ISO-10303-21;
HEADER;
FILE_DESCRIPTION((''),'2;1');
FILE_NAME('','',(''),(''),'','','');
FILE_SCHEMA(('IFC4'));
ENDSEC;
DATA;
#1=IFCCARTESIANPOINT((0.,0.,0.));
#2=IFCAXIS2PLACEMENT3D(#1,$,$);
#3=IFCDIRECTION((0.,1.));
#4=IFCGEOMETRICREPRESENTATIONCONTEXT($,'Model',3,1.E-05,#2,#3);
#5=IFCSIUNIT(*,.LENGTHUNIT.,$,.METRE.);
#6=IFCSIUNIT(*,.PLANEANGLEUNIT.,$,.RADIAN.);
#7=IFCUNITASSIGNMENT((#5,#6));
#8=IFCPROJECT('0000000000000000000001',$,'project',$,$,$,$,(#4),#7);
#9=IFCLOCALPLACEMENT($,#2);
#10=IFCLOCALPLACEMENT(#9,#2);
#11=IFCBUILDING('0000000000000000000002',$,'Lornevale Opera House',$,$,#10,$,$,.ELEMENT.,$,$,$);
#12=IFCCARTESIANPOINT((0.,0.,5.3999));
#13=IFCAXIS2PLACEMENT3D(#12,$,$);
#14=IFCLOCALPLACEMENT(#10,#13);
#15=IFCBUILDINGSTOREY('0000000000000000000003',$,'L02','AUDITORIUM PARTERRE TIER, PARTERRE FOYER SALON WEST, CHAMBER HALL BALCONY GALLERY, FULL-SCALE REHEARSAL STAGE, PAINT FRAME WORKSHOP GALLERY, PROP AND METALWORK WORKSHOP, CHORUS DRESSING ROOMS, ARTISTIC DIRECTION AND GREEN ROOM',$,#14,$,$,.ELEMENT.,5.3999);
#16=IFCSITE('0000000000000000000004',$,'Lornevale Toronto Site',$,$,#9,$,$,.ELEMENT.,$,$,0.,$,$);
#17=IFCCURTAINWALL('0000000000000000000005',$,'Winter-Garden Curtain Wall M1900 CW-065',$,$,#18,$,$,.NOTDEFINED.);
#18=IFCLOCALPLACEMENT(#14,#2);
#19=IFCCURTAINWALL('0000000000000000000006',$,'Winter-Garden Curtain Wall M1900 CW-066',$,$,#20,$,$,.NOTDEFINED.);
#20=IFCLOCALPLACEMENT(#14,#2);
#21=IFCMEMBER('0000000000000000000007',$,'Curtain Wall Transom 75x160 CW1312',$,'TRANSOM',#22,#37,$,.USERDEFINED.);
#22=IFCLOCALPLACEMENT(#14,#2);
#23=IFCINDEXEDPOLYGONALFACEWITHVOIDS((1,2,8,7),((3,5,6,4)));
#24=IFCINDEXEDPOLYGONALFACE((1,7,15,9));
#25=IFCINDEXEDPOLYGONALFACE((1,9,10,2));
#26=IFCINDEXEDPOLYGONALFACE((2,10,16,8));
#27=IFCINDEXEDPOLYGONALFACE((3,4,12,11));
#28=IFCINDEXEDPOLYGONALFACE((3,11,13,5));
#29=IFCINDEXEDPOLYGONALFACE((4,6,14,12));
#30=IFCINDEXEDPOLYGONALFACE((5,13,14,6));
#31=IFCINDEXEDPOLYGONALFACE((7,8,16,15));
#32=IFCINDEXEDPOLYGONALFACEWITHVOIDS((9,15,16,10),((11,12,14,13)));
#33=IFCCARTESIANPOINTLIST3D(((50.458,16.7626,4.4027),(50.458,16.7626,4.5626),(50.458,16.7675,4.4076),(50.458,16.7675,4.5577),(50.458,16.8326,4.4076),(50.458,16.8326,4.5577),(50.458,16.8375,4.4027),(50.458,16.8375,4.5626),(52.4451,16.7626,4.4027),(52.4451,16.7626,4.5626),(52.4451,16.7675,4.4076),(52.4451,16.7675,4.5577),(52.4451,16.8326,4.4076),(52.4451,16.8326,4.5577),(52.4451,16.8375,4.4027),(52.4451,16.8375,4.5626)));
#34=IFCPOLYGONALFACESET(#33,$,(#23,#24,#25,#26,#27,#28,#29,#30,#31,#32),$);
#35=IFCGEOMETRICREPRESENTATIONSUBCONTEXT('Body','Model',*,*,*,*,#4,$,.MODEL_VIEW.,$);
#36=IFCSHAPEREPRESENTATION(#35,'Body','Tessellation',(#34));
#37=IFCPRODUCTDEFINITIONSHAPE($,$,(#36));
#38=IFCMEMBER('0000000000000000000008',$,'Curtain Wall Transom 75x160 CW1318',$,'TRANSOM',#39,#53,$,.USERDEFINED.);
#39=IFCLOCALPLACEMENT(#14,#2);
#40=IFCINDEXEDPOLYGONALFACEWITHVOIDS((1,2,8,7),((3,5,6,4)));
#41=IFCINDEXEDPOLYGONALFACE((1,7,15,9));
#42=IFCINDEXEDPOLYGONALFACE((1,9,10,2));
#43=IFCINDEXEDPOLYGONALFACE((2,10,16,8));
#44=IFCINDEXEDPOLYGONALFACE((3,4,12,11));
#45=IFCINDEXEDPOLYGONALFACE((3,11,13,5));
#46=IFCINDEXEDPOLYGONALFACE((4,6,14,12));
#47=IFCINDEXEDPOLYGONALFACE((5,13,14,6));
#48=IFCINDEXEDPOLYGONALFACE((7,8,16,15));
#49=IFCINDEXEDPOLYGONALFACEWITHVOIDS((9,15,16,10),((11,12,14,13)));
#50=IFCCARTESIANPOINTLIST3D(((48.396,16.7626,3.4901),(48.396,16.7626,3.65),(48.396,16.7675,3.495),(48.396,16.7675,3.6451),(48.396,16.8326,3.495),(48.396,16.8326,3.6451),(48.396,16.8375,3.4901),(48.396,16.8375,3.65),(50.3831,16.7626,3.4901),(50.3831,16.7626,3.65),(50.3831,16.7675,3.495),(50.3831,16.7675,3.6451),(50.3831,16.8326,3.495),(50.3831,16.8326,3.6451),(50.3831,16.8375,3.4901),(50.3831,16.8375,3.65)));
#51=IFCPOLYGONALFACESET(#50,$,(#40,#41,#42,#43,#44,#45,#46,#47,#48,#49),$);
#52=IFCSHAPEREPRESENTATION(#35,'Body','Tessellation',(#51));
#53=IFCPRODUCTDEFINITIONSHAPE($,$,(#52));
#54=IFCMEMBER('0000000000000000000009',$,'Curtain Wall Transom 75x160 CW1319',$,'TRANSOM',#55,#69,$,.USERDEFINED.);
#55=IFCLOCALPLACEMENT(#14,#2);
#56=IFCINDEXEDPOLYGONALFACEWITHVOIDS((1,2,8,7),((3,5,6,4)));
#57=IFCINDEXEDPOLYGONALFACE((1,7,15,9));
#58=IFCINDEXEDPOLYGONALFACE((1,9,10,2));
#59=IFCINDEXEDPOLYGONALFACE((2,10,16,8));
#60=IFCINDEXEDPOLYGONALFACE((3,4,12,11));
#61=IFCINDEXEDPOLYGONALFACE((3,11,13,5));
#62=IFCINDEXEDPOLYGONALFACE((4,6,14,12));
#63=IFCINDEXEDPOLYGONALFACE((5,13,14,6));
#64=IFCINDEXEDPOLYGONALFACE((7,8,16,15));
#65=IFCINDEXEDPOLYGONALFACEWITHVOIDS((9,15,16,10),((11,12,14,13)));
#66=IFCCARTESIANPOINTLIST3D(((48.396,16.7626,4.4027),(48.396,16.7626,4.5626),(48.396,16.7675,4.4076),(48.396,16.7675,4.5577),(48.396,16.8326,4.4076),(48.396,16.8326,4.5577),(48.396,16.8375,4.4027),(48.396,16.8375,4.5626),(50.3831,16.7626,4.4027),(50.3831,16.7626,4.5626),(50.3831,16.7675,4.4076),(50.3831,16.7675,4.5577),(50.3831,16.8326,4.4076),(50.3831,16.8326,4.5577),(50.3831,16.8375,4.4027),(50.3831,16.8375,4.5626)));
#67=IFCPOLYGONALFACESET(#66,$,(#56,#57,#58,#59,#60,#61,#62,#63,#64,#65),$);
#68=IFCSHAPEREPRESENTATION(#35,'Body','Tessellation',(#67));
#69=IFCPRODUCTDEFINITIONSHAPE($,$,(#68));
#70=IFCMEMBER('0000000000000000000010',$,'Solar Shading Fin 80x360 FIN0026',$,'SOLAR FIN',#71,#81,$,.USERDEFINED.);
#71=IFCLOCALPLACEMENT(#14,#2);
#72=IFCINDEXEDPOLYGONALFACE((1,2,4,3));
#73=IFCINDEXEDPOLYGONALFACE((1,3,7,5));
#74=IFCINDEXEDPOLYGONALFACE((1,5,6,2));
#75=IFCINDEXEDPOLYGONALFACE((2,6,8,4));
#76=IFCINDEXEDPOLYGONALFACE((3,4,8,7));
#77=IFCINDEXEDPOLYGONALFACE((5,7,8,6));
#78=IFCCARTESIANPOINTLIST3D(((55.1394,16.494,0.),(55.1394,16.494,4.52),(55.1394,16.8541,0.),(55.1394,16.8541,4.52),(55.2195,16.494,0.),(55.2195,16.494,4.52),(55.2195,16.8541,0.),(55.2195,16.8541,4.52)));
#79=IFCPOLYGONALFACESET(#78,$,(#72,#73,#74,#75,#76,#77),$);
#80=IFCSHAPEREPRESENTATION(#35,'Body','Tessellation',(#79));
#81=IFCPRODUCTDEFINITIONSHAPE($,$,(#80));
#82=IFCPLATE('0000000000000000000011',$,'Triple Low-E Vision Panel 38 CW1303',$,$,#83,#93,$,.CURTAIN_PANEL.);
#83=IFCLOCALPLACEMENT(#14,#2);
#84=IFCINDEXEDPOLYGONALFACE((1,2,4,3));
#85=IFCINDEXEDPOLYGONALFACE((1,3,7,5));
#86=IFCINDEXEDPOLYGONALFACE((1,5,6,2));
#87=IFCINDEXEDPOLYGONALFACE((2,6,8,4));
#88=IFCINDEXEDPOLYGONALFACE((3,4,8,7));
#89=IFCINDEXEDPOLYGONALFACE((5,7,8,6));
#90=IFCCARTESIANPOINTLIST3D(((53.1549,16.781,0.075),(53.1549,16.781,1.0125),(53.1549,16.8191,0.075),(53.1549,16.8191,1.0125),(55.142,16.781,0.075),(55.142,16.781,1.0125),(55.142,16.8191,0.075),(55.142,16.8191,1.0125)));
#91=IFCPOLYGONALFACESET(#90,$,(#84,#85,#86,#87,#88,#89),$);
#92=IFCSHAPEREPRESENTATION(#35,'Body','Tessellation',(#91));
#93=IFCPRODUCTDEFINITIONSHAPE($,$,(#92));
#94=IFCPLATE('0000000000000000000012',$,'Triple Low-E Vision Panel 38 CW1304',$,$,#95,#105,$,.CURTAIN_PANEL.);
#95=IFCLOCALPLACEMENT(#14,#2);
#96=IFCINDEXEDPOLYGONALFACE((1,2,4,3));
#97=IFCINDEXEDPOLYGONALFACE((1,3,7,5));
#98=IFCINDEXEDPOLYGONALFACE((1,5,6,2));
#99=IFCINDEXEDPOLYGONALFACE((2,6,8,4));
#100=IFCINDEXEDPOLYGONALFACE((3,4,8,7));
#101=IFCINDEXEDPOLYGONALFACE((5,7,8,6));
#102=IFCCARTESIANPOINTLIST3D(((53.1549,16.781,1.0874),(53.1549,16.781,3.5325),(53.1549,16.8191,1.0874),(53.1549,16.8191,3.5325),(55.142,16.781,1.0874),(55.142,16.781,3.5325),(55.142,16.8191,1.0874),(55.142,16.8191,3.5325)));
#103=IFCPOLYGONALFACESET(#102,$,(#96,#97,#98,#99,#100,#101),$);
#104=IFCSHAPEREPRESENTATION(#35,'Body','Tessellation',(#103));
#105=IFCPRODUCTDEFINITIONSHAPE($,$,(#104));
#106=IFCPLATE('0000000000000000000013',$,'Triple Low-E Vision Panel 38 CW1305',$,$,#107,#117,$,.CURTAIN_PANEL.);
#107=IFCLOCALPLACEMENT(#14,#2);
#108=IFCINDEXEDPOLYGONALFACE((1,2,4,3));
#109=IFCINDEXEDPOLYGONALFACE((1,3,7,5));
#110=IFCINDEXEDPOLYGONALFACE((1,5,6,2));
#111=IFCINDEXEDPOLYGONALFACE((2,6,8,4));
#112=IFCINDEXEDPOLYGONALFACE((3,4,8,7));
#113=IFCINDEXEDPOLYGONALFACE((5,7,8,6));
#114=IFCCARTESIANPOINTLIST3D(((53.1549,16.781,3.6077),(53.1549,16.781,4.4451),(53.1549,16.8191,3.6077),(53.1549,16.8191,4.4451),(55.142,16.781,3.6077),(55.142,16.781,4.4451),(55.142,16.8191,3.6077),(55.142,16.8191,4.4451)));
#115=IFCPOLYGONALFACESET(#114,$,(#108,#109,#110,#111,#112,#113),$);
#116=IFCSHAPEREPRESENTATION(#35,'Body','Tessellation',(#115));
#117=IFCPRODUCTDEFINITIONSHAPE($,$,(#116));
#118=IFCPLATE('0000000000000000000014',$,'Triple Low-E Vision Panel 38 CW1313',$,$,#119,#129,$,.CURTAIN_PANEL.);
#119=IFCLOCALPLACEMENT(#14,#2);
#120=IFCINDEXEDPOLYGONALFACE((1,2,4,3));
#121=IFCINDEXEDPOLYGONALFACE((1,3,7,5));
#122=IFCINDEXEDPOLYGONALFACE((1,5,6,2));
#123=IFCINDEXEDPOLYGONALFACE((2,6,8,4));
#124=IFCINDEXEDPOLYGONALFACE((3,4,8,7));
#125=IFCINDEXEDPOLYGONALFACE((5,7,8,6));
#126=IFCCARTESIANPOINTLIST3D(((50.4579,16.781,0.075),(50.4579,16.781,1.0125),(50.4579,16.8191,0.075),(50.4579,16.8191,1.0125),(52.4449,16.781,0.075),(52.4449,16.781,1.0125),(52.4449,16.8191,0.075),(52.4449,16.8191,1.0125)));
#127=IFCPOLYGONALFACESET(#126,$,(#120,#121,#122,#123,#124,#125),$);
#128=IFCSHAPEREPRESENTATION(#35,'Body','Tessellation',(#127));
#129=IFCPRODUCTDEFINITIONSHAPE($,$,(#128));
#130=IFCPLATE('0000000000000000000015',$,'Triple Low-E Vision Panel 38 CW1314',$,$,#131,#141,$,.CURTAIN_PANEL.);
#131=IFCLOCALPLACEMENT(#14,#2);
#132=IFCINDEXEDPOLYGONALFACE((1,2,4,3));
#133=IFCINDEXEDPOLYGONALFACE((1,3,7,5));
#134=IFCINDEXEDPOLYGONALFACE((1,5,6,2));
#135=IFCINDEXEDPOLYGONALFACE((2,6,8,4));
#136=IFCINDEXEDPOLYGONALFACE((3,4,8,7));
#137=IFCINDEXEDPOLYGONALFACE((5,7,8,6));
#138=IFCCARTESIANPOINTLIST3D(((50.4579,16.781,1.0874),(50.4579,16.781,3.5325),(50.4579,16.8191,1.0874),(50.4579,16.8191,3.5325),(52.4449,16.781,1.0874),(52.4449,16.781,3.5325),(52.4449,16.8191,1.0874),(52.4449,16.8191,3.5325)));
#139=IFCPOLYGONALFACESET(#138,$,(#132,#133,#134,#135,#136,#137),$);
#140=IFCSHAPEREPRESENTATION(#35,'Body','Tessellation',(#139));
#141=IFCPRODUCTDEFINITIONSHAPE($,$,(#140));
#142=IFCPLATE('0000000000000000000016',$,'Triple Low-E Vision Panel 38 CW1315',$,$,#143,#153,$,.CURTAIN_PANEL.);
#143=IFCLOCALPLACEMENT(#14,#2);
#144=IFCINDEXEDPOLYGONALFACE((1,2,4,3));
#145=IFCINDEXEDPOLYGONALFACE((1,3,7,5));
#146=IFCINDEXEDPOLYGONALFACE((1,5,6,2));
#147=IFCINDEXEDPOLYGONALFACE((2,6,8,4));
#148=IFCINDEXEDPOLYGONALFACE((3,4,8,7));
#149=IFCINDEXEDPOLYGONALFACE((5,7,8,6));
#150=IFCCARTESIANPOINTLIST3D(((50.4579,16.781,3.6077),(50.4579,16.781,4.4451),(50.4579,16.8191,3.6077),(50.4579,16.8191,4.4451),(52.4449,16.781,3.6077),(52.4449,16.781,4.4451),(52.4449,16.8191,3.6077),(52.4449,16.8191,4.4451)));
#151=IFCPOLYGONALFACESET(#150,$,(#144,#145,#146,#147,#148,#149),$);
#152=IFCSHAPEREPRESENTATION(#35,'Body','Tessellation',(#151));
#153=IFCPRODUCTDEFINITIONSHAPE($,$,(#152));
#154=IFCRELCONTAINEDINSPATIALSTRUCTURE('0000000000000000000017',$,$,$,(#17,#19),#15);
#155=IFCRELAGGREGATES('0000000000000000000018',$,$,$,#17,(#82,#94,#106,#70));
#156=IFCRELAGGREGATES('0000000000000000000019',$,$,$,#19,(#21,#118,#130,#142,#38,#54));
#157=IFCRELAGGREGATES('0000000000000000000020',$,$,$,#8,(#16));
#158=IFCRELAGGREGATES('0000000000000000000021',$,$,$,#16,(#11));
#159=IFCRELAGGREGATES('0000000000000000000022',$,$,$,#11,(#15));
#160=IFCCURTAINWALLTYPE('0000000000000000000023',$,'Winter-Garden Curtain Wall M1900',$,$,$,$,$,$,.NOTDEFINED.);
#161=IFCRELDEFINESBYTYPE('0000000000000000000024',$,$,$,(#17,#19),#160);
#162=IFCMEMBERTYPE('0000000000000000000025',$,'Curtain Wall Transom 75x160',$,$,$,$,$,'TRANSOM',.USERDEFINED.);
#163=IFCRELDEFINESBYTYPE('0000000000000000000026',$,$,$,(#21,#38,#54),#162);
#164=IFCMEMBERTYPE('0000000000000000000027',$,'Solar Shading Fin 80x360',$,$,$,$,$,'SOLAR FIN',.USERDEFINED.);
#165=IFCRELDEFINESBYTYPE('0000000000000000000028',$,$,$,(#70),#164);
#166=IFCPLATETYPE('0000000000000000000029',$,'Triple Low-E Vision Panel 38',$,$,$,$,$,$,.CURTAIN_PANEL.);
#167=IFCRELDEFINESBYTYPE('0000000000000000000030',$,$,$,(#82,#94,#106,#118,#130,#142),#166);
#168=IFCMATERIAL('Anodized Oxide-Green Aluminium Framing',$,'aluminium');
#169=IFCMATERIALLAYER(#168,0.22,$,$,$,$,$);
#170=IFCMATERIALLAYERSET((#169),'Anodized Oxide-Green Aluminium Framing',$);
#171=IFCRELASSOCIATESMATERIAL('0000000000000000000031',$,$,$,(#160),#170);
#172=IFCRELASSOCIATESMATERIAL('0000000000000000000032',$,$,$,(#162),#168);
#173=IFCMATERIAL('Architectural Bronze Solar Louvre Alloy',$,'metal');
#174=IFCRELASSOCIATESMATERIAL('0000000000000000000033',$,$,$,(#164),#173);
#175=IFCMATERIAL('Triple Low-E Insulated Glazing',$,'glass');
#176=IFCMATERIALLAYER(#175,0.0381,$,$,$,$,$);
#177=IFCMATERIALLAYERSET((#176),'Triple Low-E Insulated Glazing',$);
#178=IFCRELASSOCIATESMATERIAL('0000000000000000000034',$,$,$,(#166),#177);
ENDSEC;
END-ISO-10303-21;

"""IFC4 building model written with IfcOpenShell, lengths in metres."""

from ifc_helpers import new_model, si_unit, direction, frame, origin, origin_2d, place, context, subcontext, project, spatial, rectangle, hollow_rectangle, extrude, material, layer, layer_set, material_profile, profile_set, type_object, element, aggregate, save


model = new_model("IFC4")

# Units and contexts
model_context = context("Model", 3, precision=1e-05, world=origin(), true_north=direction((0.0, 1.0)))
body_context = subcontext(model_context, "Body", "Model", "MODEL_VIEW")
ifc_project = project(units=[si_unit("LENGTHUNIT", "METRE"), si_unit("PLANEANGLEUNIT", "RADIAN")], contexts=[model_context])

# Site, building, storey
site_placement = place(None, origin())
site = spatial("IfcSite", under=ifc_project, at=site_placement, Name="Lornevale Toronto Site", CompositionType="ELEMENT", RefElevation=0.0)
building_placement = place(site_placement, origin())
building = spatial("IfcBuilding", under=site, at=building_placement, Name="Lornevale Opera House", CompositionType="ELEMENT")
storey_placement = place(building_placement, frame((0.0, 0.0, 5.3999)))
storey = spatial("IfcBuildingStorey", under=building, at=storey_placement, Name="L02", Description="AUDITORIUM PARTERRE TIER, PARTERRE FOYER SALON WEST, CHAMBER HALL BALCONY GALLERY, FULL-SCALE REHEARSAL STAGE, PAINT FRAME WORKSHOP GALLERY, PROP AND METALWORK WORKSHOP, CHORUS DRESSING ROOMS, ARTISTIC DIRECTION AND GREEN ROOM", CompositionType="ELEMENT", Elevation=5.3999)

# Curtain walls
ifc_material_1 = material(Name="Anodized Oxide-Green Aluminium Framing", Category="aluminium")
ifc_layer_1 = layer(ifc_material_1, 0.22)
ifc_layer_set_1 = layer_set([ifc_layer_1], Name="Anodized Oxide-Green Aluminium Framing")
curtain_wall_type = type_object("IfcCurtainWallType", Name="Winter-Garden Curtain Wall M1900", PredefinedType="NOTDEFINED", material=ifc_layer_set_1)
curtain_wall_1_placement = place(storey_placement, origin())
curtain_wall_1 = element("IfcCurtainWall", 1, at=curtain_wall_1_placement, inside=storey, type_object=curtain_wall_type, Name="Winter-Garden Curtain Wall M1900 CW-065", PredefinedType="NOTDEFINED")
curtain_wall_2_placement = place(storey_placement, origin())
curtain_wall_2 = element("IfcCurtainWall", 2, at=curtain_wall_2_placement, inside=storey, type_object=curtain_wall_type, Name="Winter-Garden Curtain Wall M1900 CW-066", PredefinedType="NOTDEFINED")

# Members
ifc_material_profile_1 = material_profile(ifc_material_1, hollow_rectangle(XDim=0.075, YDim=0.1599, WallThickness=0.0049, at=origin_2d()), Name="ALU75x160x5")
ifc_profile_set_1 = profile_set([ifc_material_profile_1], Name="Anodized Oxide-Green Aluminium Framing")
member_type_1 = type_object("IfcMemberType", Name="Curtain Wall Transom 75x160", ElementType="TRANSOM", PredefinedType="USERDEFINED", material=ifc_profile_set_1)
member_1_placement = place(storey_placement, frame((52.4451, 16.8, 4.4827), z_axis=(-1.0, 0.0, 0.0), x_axis=(0.0, -1.0, 0.0)))
member_1 = element("IfcMember", 3, at=member_1_placement, type_object=member_type_1, Name="Curtain Wall Transom 75x160 CW1312", ObjectType="TRANSOM", PredefinedType="USERDEFINED", context=body_context, shape_type="SweptSolid", body=[
    extrude(hollow_rectangle(XDim=0.075, YDim=0.1599, WallThickness=0.0049, at=origin_2d()), origin(), (0.0, 0.0, 1.0), 1.9871),
])
member_2_placement = place(storey_placement, frame((50.3831, 16.8, 3.5701), z_axis=(-1.0, 0.0, 0.0), x_axis=(0.0, -1.0, 0.0)))
member_2 = element("IfcMember", 4, at=member_2_placement, type_object=member_type_1, Name="Curtain Wall Transom 75x160 CW1318", ObjectType="TRANSOM", PredefinedType="USERDEFINED", context=body_context, shape_type="SweptSolid", body=[
    extrude(hollow_rectangle(XDim=0.075, YDim=0.1599, WallThickness=0.0049, at=origin_2d()), origin(), (0.0, 0.0, 1.0), 1.9871),
])
member_3_placement = place(storey_placement, frame((50.3831, 16.8, 4.4827), z_axis=(-1.0, 0.0, 0.0), x_axis=(0.0, -1.0, 0.0)))
member_3 = element("IfcMember", 5, at=member_3_placement, type_object=member_type_1, Name="Curtain Wall Transom 75x160 CW1319", ObjectType="TRANSOM", PredefinedType="USERDEFINED", context=body_context, shape_type="SweptSolid", body=[
    extrude(hollow_rectangle(XDim=0.075, YDim=0.1599, WallThickness=0.0049, at=origin_2d()), origin(), (0.0, 0.0, 1.0), 1.9871),
])
ifc_material_2 = material(Name="Architectural Bronze Solar Louvre Alloy", Category="metal")
ifc_material_profile_2 = material_profile(ifc_material_2, rectangle(XDim=0.0801, YDim=0.3601, at=origin_2d()), Name="FIN80x360")
ifc_profile_set_2 = profile_set([ifc_material_profile_2], Name="Architectural Bronze Solar Louvre Alloy")
member_type_2 = type_object("IfcMemberType", Name="Solar Shading Fin 80x360", ElementType="SOLAR FIN", PredefinedType="USERDEFINED", material=ifc_profile_set_2)
member_4_placement = place(storey_placement, frame((55.1794, 16.6741, 0.0), z_axis=(0.0, 0.0, 1.0), x_axis=(-1.0, 0.0, 0.0)))
member_4 = element("IfcMember", 6, at=member_4_placement, type_object=member_type_2, Name="Solar Shading Fin 80x360 FIN0026", ObjectType="SOLAR FIN", PredefinedType="USERDEFINED", context=body_context, shape_type="SweptSolid", body=[
    extrude(rectangle(XDim=0.0801, YDim=0.3601, at=origin_2d()), origin(), (0.0, 0.0, 1.0), 4.52),
])

# Plates
ifc_material_3 = material(Name="Triple Low-E Insulated Glazing", Category="glass")
ifc_layer_2 = layer(ifc_material_3, 0.0381)
ifc_layer_set_2 = layer_set([ifc_layer_2], Name="Triple Low-E Insulated Glazing")
plate_type = type_object("IfcPlateType", Name="Triple Low-E Vision Panel 38", PredefinedType="CURTAIN_PANEL", material=ifc_layer_set_2)
plate_1_placement = place(storey_placement, frame((54.1484, 16.8, 0.075), z_axis=(0.0, 0.0, 1.0), x_axis=(-1.0, 0.0, 0.0)))
plate_1 = element("IfcPlate", 7, at=plate_1_placement, type_object=plate_type, Name="Triple Low-E Vision Panel 38 CW1303", PredefinedType="CURTAIN_PANEL", context=body_context, shape_type="SweptSolid", body=[
    extrude(rectangle(XDim=1.9871, YDim=0.0381, at=origin_2d()), origin(), (0.0, 0.0, 1.0), 0.9375),
])
plate_2_placement = place(storey_placement, frame((54.1484, 16.8, 1.0874), z_axis=(0.0, 0.0, 1.0), x_axis=(-1.0, 0.0, 0.0)))
plate_2 = element("IfcPlate", 8, at=plate_2_placement, type_object=plate_type, Name="Triple Low-E Vision Panel 38 CW1304", PredefinedType="CURTAIN_PANEL", context=body_context, shape_type="SweptSolid", body=[
    extrude(rectangle(XDim=1.9871, YDim=0.0381, at=origin_2d()), origin(), (0.0, 0.0, 1.0), 2.4451),
])
plate_3_placement = place(storey_placement, frame((54.1484, 16.8, 3.6077), z_axis=(0.0, 0.0, 1.0), x_axis=(-1.0, 0.0, 0.0)))
plate_3 = element("IfcPlate", 9, at=plate_3_placement, type_object=plate_type, Name="Triple Low-E Vision Panel 38 CW1305", PredefinedType="CURTAIN_PANEL", context=body_context, shape_type="SweptSolid", body=[
    extrude(rectangle(XDim=1.9871, YDim=0.0381, at=origin_2d()), origin(), (0.0, 0.0, 1.0), 0.8374),
])
aggregate(curtain_wall_1, [plate_1, plate_2, plate_3, member_4])
plate_4_placement = place(storey_placement, frame((51.4514, 16.8, 0.075), z_axis=(0.0, 0.0, 1.0), x_axis=(-1.0, 0.0, 0.0)))
plate_4 = element("IfcPlate", 10, at=plate_4_placement, type_object=plate_type, Name="Triple Low-E Vision Panel 38 CW1313", PredefinedType="CURTAIN_PANEL", context=body_context, shape_type="SweptSolid", body=[
    extrude(rectangle(XDim=1.9871, YDim=0.0381, at=origin_2d()), origin(), (0.0, 0.0, 1.0), 0.9375),
])
plate_5_placement = place(storey_placement, frame((51.4514, 16.8, 1.0874), z_axis=(0.0, 0.0, 1.0), x_axis=(-1.0, 0.0, 0.0)))
plate_5 = element("IfcPlate", 11, at=plate_5_placement, type_object=plate_type, Name="Triple Low-E Vision Panel 38 CW1314", PredefinedType="CURTAIN_PANEL", context=body_context, shape_type="SweptSolid", body=[
    extrude(rectangle(XDim=1.9871, YDim=0.0381, at=origin_2d()), origin(), (0.0, 0.0, 1.0), 2.4451),
])
plate_6_placement = place(storey_placement, frame((51.4514, 16.8, 3.6077), z_axis=(0.0, 0.0, 1.0), x_axis=(-1.0, 0.0, 0.0)))
plate_6 = element("IfcPlate", 12, at=plate_6_placement, type_object=plate_type, Name="Triple Low-E Vision Panel 38 CW1315", PredefinedType="CURTAIN_PANEL", context=body_context, shape_type="SweptSolid", body=[
    extrude(rectangle(XDim=1.9871, YDim=0.0381, at=origin_2d()), origin(), (0.0, 0.0, 1.0), 0.8374),
])
aggregate(curtain_wall_2, [member_1, plate_4, plate_5, plate_6, member_2, member_3])

save(model, "model.ifc")
